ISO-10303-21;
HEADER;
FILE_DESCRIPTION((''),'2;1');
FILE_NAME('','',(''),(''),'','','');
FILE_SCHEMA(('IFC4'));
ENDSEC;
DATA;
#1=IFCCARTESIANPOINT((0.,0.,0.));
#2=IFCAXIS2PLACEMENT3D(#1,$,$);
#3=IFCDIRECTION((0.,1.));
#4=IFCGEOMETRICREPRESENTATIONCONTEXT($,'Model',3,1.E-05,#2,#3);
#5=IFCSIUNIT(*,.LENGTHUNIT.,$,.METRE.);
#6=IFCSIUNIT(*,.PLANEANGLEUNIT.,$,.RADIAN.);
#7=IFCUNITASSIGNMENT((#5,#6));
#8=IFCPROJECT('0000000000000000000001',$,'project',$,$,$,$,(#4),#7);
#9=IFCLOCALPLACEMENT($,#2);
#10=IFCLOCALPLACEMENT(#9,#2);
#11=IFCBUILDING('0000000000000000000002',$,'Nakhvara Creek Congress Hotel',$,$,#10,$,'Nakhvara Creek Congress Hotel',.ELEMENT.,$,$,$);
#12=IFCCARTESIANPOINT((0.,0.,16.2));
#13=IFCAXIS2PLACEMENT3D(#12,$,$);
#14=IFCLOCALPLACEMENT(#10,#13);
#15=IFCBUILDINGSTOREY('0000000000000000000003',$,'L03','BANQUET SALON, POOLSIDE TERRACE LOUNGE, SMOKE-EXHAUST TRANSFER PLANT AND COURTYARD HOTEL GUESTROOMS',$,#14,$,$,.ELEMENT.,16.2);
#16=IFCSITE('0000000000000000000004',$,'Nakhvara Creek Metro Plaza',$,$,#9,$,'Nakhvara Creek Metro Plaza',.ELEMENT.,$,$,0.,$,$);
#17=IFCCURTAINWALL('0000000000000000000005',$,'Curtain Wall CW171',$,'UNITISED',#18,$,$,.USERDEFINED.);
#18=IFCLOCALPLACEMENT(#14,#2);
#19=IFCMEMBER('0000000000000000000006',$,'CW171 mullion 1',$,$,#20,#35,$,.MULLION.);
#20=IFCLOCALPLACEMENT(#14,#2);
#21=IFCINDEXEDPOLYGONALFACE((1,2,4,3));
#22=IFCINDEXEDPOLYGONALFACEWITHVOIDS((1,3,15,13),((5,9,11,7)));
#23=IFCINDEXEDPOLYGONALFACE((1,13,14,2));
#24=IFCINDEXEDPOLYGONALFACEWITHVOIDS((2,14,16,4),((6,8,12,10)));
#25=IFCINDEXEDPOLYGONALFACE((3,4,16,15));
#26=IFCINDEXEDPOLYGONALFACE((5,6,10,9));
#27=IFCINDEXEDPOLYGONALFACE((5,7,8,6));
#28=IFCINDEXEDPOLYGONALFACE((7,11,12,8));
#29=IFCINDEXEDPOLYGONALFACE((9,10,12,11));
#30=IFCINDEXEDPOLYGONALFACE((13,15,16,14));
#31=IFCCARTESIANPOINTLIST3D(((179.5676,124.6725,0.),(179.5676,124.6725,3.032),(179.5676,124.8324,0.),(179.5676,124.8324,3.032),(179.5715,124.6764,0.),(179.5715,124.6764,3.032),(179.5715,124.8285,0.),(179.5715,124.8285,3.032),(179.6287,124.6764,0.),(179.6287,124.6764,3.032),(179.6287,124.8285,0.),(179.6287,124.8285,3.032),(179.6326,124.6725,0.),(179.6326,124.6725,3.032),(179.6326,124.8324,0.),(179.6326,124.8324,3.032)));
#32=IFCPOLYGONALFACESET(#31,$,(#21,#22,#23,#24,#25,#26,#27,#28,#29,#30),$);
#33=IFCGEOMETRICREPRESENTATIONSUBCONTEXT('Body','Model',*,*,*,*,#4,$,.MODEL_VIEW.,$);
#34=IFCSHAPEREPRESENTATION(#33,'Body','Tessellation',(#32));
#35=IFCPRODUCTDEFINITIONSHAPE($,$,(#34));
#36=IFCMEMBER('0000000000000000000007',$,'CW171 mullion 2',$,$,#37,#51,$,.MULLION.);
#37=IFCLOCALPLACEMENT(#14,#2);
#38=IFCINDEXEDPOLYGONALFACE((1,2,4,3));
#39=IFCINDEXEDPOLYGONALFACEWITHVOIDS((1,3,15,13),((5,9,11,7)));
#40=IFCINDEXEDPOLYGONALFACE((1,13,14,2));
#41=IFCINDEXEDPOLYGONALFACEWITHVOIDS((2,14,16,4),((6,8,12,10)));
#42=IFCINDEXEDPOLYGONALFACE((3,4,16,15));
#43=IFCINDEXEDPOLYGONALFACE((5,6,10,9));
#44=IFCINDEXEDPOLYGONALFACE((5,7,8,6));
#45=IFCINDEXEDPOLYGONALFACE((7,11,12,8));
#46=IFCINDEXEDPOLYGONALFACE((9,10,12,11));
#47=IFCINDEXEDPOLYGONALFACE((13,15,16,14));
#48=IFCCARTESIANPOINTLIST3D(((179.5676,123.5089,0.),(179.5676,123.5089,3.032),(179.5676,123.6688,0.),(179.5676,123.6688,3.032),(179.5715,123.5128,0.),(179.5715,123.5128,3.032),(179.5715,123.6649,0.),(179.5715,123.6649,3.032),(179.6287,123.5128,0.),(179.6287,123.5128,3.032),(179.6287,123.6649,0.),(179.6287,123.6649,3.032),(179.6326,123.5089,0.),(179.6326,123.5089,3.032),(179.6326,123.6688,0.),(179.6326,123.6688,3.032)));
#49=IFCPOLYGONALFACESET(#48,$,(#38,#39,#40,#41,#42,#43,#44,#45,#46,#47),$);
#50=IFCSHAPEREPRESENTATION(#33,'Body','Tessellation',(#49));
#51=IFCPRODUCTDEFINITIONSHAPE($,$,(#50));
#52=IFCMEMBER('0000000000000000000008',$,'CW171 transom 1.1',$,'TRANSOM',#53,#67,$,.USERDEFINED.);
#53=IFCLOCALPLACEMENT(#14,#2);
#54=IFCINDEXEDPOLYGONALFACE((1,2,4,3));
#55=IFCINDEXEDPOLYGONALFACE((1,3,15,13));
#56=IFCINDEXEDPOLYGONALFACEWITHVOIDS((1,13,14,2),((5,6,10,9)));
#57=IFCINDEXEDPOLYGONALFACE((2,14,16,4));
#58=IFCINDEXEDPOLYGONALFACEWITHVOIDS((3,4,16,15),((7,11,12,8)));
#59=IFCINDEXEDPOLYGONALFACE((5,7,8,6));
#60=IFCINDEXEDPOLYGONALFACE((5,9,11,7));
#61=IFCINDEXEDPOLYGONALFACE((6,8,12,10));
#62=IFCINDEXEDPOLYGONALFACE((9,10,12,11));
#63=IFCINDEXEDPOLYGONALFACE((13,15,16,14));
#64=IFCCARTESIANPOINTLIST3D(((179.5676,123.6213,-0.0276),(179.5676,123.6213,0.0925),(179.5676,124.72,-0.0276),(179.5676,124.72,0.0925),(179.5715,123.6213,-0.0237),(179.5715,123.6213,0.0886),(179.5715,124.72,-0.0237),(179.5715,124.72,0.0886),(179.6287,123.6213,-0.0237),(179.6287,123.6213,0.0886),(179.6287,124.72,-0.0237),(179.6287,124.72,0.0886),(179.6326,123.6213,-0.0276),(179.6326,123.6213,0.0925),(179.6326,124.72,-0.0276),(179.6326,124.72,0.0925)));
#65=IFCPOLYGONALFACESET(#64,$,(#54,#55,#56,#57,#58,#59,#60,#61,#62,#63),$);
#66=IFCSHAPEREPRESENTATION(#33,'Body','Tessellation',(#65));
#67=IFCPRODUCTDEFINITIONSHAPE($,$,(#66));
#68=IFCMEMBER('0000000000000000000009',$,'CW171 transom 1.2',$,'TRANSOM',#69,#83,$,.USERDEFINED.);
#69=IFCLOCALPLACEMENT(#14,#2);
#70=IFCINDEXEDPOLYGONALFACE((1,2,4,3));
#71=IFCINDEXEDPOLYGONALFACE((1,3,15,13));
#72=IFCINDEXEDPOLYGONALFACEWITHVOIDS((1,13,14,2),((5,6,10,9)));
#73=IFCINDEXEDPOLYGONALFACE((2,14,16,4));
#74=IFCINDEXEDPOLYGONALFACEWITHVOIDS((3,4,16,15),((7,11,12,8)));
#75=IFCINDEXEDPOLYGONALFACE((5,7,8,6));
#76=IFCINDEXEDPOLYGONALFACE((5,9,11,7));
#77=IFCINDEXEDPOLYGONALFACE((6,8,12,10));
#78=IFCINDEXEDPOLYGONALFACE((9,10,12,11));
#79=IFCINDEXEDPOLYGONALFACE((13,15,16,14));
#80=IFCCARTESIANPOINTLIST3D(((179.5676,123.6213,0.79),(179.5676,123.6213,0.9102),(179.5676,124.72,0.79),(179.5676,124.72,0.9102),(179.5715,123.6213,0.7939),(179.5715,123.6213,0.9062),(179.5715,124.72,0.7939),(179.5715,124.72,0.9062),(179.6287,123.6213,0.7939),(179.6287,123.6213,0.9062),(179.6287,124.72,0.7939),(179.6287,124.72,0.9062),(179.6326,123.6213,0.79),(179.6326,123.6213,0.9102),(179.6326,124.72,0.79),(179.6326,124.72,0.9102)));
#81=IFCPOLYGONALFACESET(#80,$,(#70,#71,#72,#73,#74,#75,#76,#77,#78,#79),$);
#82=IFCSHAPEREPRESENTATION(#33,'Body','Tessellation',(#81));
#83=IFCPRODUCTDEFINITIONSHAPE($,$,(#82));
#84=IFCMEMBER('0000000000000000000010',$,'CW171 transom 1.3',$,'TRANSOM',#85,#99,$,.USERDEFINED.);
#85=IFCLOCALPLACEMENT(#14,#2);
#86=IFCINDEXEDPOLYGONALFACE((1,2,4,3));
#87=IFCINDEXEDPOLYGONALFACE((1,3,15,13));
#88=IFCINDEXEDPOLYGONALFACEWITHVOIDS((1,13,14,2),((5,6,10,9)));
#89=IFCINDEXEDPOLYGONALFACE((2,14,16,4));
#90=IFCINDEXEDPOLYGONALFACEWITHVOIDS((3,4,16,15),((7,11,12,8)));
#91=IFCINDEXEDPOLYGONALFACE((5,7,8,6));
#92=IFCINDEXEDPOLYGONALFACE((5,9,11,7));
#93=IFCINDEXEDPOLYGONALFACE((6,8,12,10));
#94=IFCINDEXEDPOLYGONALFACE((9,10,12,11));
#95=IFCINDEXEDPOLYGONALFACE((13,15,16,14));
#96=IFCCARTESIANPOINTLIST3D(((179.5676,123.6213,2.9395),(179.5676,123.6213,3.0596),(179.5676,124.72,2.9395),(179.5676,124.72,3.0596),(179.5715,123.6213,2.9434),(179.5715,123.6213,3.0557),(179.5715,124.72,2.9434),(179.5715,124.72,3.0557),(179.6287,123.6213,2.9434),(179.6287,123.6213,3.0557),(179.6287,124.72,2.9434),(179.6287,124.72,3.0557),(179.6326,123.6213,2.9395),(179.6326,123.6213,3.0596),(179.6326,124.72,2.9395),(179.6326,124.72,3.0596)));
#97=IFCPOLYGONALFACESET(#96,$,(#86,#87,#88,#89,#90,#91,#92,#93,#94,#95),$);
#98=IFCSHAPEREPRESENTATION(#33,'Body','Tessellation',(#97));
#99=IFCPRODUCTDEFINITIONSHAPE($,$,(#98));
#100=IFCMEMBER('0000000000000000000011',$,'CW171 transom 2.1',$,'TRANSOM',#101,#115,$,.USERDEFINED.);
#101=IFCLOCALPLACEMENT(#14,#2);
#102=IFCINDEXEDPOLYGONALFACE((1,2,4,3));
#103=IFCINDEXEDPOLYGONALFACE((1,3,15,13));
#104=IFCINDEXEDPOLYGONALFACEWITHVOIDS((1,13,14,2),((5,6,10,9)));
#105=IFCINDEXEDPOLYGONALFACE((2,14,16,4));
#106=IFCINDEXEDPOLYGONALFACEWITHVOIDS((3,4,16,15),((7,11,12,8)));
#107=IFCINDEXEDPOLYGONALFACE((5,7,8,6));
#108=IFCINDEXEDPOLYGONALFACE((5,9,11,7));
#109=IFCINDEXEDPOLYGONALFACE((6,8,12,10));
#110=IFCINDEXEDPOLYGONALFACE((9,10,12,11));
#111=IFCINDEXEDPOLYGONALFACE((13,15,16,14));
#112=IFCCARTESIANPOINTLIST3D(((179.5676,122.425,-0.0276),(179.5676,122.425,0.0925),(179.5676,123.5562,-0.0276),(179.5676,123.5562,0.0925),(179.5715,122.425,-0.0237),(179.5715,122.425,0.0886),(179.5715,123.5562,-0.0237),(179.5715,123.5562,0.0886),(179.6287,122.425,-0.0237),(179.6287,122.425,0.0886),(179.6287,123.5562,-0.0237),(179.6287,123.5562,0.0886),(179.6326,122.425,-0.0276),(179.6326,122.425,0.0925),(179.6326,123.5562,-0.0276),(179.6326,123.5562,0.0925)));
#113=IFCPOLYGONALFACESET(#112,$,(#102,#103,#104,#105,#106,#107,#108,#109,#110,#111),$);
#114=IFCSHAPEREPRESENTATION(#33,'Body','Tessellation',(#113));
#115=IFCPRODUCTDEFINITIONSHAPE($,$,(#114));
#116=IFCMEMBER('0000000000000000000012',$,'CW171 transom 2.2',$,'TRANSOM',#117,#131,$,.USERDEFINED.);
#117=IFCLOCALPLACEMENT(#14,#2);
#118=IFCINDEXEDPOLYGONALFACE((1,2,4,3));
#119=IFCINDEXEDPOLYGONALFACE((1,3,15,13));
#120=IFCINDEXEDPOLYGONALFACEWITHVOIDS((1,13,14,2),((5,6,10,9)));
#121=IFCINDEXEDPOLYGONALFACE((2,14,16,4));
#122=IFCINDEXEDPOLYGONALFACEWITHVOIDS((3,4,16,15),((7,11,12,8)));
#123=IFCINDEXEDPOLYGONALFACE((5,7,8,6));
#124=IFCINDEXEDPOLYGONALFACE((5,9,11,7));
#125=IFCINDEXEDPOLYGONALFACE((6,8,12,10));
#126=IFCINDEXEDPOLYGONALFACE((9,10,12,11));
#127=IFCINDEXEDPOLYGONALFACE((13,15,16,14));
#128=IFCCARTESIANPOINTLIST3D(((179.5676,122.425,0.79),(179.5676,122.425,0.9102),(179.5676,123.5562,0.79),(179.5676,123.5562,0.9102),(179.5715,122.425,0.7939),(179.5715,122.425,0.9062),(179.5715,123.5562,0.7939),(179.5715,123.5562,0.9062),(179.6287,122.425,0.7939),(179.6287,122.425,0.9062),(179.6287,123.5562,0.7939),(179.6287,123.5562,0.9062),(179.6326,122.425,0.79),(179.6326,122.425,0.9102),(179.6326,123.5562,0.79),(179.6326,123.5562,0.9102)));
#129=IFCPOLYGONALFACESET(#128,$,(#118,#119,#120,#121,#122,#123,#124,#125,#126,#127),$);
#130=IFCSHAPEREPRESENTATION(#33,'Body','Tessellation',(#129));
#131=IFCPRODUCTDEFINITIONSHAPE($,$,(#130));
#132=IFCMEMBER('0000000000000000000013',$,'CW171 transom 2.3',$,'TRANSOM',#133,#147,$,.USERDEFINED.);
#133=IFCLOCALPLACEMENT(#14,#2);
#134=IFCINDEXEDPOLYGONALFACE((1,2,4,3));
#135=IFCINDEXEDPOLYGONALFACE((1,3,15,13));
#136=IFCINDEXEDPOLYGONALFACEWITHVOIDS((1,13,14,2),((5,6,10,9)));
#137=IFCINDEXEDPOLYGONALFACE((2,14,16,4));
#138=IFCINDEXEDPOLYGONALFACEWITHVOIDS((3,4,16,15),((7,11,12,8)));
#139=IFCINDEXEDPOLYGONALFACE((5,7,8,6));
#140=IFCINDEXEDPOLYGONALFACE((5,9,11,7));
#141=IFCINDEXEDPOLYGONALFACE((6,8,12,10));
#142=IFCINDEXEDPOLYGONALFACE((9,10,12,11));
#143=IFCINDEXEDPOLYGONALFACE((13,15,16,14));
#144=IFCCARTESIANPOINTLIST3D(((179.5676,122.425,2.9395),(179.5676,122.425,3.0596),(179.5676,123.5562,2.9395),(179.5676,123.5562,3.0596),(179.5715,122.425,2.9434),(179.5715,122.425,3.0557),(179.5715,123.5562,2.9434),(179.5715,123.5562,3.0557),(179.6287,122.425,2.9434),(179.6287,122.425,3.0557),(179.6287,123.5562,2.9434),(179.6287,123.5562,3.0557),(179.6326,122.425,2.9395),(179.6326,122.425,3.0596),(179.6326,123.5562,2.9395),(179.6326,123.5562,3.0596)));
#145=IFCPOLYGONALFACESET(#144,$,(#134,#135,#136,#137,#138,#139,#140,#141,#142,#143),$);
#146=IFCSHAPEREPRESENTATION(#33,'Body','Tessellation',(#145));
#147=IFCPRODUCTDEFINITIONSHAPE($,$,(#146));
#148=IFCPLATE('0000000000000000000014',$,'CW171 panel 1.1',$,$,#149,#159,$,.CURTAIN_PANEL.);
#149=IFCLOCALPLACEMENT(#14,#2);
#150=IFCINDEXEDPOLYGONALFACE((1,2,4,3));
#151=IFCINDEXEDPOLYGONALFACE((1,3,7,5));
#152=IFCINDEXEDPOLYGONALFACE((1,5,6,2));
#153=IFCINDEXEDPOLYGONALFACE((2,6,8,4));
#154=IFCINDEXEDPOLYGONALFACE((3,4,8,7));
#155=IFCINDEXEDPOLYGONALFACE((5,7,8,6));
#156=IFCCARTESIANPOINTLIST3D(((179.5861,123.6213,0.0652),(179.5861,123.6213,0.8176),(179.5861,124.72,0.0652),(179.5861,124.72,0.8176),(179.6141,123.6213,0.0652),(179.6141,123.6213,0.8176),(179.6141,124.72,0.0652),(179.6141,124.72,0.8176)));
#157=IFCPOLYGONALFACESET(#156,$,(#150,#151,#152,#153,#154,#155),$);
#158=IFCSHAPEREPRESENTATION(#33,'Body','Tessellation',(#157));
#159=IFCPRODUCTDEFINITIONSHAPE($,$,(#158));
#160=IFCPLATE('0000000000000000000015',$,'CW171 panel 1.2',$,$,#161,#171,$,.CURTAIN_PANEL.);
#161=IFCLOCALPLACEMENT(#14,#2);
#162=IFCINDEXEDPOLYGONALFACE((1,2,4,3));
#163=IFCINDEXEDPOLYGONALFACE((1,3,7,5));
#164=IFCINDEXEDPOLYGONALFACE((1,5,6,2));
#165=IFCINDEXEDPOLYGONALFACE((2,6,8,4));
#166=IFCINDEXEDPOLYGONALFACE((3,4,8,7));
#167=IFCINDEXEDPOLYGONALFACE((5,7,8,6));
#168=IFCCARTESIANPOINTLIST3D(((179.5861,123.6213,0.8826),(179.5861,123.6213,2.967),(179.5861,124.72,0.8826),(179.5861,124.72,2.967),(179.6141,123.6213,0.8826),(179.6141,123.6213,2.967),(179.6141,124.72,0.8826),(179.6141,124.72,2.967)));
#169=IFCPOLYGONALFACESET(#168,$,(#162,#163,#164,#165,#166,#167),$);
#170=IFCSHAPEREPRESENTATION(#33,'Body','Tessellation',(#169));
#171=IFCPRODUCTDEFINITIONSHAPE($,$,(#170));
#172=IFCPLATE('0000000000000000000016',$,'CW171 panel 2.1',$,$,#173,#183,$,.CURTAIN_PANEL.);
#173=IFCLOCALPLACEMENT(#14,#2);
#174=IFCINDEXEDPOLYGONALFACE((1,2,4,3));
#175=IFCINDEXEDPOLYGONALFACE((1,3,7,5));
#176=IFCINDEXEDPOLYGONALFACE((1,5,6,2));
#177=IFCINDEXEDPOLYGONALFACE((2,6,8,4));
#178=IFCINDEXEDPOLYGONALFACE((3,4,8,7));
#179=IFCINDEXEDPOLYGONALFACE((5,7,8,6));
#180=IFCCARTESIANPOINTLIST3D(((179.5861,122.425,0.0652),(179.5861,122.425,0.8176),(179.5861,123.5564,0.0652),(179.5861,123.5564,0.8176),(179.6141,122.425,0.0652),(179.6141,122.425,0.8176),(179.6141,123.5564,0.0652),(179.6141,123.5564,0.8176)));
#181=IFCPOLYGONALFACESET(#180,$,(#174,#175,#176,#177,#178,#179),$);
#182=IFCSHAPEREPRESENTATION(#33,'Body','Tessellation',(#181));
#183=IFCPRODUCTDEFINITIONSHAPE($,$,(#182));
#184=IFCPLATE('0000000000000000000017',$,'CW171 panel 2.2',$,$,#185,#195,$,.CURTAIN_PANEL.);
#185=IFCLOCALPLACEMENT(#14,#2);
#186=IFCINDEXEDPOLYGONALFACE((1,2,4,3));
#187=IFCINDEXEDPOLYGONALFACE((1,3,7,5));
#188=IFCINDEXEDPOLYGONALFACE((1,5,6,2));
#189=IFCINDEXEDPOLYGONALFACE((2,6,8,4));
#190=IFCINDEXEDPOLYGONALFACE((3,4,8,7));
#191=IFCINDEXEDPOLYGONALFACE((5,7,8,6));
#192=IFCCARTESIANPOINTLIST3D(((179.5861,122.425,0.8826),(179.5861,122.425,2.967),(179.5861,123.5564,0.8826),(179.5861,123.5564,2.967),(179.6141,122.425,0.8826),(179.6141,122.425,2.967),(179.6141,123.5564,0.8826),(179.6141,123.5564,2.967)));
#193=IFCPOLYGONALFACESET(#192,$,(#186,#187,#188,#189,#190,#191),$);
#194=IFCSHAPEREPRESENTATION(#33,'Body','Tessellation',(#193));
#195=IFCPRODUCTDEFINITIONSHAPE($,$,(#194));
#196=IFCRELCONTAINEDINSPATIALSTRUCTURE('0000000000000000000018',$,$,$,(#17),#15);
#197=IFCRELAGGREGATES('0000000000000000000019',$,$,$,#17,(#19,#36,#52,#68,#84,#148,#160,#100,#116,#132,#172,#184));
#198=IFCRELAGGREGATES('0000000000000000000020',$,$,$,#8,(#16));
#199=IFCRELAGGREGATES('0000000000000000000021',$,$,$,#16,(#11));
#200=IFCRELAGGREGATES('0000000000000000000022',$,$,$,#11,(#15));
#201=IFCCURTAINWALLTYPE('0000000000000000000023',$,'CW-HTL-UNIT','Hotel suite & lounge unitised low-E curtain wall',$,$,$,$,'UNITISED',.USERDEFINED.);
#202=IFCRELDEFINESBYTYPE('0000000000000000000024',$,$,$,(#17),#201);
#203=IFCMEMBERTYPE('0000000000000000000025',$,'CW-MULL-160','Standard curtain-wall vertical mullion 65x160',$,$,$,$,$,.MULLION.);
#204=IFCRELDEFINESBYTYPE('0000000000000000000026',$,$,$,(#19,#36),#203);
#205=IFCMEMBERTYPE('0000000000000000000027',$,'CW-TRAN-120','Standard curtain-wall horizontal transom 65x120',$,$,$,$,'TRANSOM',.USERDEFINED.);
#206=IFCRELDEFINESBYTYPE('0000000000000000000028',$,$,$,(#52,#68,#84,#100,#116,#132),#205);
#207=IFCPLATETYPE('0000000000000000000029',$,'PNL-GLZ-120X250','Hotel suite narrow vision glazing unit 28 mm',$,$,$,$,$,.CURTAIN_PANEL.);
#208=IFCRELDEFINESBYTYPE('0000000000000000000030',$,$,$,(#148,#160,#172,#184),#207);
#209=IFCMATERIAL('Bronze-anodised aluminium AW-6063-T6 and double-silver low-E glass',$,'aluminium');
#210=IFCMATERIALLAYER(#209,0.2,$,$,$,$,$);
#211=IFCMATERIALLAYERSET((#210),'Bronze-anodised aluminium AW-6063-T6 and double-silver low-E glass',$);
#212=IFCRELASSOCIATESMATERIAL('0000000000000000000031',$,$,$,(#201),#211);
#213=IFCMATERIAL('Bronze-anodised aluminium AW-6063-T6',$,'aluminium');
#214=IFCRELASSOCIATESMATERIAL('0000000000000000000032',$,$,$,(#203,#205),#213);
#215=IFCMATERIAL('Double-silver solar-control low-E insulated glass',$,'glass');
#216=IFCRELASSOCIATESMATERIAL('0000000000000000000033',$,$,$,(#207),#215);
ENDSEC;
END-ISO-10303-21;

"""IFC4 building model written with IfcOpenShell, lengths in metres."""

from ifc_helpers import new_model, si_unit, direction, frame, origin, origin_2d, place, context, subcontext, project, spatial, rectangle, hollow_rectangle, extrude, material, layer, layer_set, material_profile, profile_set, type_object, element, aggregate, save


model = new_model("IFC4")

# Units and contexts
model_context = context("Model", 3, precision=1e-05, world=origin(), true_north=direction((0.0, 1.0)))
body_context = subcontext(model_context, "Body", "Model", "MODEL_VIEW")
ifc_project = project(units=[si_unit("LENGTHUNIT", "METRE"), si_unit("PLANEANGLEUNIT", "RADIAN")], contexts=[model_context])

# Site, building, storey
site_placement = place(None, origin())
site = spatial("IfcSite", under=ifc_project, at=site_placement, Name="Nakhvara Creek Metro Plaza", LongName="Nakhvara Creek Metro Plaza", CompositionType="ELEMENT", RefElevation=0.0)
building_placement = place(site_placement, origin())
building = spatial("IfcBuilding", under=site, at=building_placement, Name="Nakhvara Creek Congress Hotel", LongName="Nakhvara Creek Congress Hotel", CompositionType="ELEMENT")
storey_placement = place(building_placement, frame((0.0, 0.0, 16.2)))
storey = spatial("IfcBuildingStorey", under=building, at=storey_placement, Name="L03", Description="BANQUET SALON, POOLSIDE TERRACE LOUNGE, SMOKE-EXHAUST TRANSFER PLANT AND COURTYARD HOTEL GUESTROOMS", CompositionType="ELEMENT", Elevation=16.2)

# Curtain wall, members, plates
ifc_material_1 = material(Name="Bronze-anodised aluminium AW-6063-T6 and double-silver low-E glass", Category="aluminium")
ifc_layer_1 = layer(ifc_material_1, 0.2)
ifc_layer_set_1 = layer_set([ifc_layer_1], Name="Bronze-anodised aluminium AW-6063-T6 and double-silver low-E glass")
curtain_wall_type = type_object("IfcCurtainWallType", Name="CW-HTL-UNIT", Description="Hotel suite & lounge unitised low-E curtain wall", ElementType="UNITISED", PredefinedType="USERDEFINED", material=ifc_layer_set_1)
curtain_wall_placement = place(storey_placement, origin())
curtain_wall = element("IfcCurtainWall", 1, at=curtain_wall_placement, inside=storey, type_object=curtain_wall_type, Name="Curtain Wall CW171", ObjectType="UNITISED", PredefinedType="USERDEFINED")
ifc_material_2 = material(Name="Bronze-anodised aluminium AW-6063-T6", Category="aluminium")
ifc_material_profile_1 = material_profile(ifc_material_2, hollow_rectangle(XDim=0.0649, YDim=0.1599, WallThickness=0.0039, at=origin_2d()), Name="ALU-MULL 65x160x4", Category="LoadBearing")
ifc_profile_set_1 = profile_set([ifc_material_profile_1], Name="Bronze-anodised aluminium AW-6063-T6")
member_type_1 = type_object("IfcMemberType", Name="CW-MULL-160", Description="Standard curtain-wall vertical mullion 65x160", PredefinedType="MULLION", material=ifc_profile_set_1)
member_1_placement = place(storey_placement, frame((179.6001, 124.7524, 0.0), z_axis=(0.0, 0.0, 1.0), x_axis=(1.0, 0.0, 0.0)))
member_1 = element("IfcMember", 2, at=member_1_placement, type_object=member_type_1, Name="CW171 mullion 1", PredefinedType="MULLION", context=body_context, shape_type="SweptSolid", body=[
    extrude(hollow_rectangle(XDim=0.0649, YDim=0.1599, WallThickness=0.0039, at=origin_2d()), origin(), (0.0, 0.0, 1.0), 3.032),
])
member_2_placement = place(storey_placement, frame((179.6001, 123.5889, 0.0), z_axis=(0.0, 0.0, 1.0), x_axis=(1.0, 0.0, 0.0)))
member_2 = element("IfcMember", 3, at=member_2_placement, type_object=member_type_1, Name="CW171 mullion 2", PredefinedType="MULLION", context=body_context, shape_type="SweptSolid", body=[
    extrude(hollow_rectangle(XDim=0.0649, YDim=0.1599, WallThickness=0.0039, at=origin_2d()), origin(), (0.0, 0.0, 1.0), 3.032),
])
ifc_material_profile_2 = material_profile(ifc_material_2, hollow_rectangle(XDim=0.0649, YDim=0.1201, WallThickness=0.0039, at=origin_2d()), Name="ALU-TRAN 65x120x4", Category="LoadBearing")
ifc_profile_set_2 = profile_set([ifc_material_profile_2], Name="Bronze-anodised aluminium AW-6063-T6")
member_type_2 = type_object("IfcMemberType", Name="CW-TRAN-120", Description="Standard curtain-wall horizontal transom 65x120", ElementType="TRANSOM", PredefinedType="USERDEFINED", material=ifc_profile_set_2)
member_3_placement = place(storey_placement, frame((179.6001, 124.72, 0.0325), z_axis=(0.0, -1.0, 0.0), x_axis=(1.0, 0.0, 0.0)))
member_3 = element("IfcMember", 4, at=member_3_placement, type_object=member_type_2, Name="CW171 transom 1.1", ObjectType="TRANSOM", PredefinedType="USERDEFINED", context=body_context, shape_type="SweptSolid", body=[
    extrude(hollow_rectangle(XDim=0.0649, YDim=0.1201, WallThickness=0.0039, at=origin_2d()), origin(), (0.0, 0.0, 1.0), 1.0986),
])
member_4_placement = place(storey_placement, frame((179.6001, 124.72, 0.8501), z_axis=(0.0, -1.0, 0.0), x_axis=(1.0, 0.0, 0.0)))
member_4 = element("IfcMember", 5, at=member_4_placement, type_object=member_type_2, Name="CW171 transom 1.2", ObjectType="TRANSOM", PredefinedType="USERDEFINED", context=body_context, shape_type="SweptSolid", body=[
    extrude(hollow_rectangle(XDim=0.0649, YDim=0.1201, WallThickness=0.0039, at=origin_2d()), origin(), (0.0, 0.0, 1.0), 1.0986),
])
member_5_placement = place(storey_placement, frame((179.6001, 124.72, 2.9995), z_axis=(0.0, -1.0, 0.0), x_axis=(1.0, 0.0, 0.0)))
member_5 = element("IfcMember", 6, at=member_5_placement, type_object=member_type_2, Name="CW171 transom 1.3", ObjectType="TRANSOM", PredefinedType="USERDEFINED", context=body_context, shape_type="SweptSolid", body=[
    extrude(hollow_rectangle(XDim=0.0649, YDim=0.1201, WallThickness=0.0039, at=origin_2d()), origin(), (0.0, 0.0, 1.0), 1.0986),
])
member_6_placement = place(storey_placement, frame((179.6001, 123.5562, 0.0325), z_axis=(0.0, -1.0, 0.0), x_axis=(1.0, 0.0, 0.0)))
member_6 = element("IfcMember", 7, at=member_6_placement, type_object=member_type_2, Name="CW171 transom 2.1", ObjectType="TRANSOM", PredefinedType="USERDEFINED", context=body_context, shape_type="SweptSolid", body=[
    extrude(hollow_rectangle(XDim=0.0649, YDim=0.1201, WallThickness=0.0039, at=origin_2d()), origin(), (0.0, 0.0, 1.0), 1.1311),
])
member_7_placement = place(storey_placement, frame((179.6001, 123.5562, 0.8501), z_axis=(0.0, -1.0, 0.0), x_axis=(1.0, 0.0, 0.0)))
member_7 = element("IfcMember", 8, at=member_7_placement, type_object=member_type_2, Name="CW171 transom 2.2", ObjectType="TRANSOM", PredefinedType="USERDEFINED", context=body_context, shape_type="SweptSolid", body=[
    extrude(hollow_rectangle(XDim=0.0649, YDim=0.1201, WallThickness=0.0039, at=origin_2d()), origin(), (0.0, 0.0, 1.0), 1.1311),
])
member_8_placement = place(storey_placement, frame((179.6001, 123.5562, 2.9995), z_axis=(0.0, -1.0, 0.0), x_axis=(1.0, 0.0, 0.0)))
member_8 = element("IfcMember", 9, at=member_8_placement, type_object=member_type_2, Name="CW171 transom 2.3", ObjectType="TRANSOM", PredefinedType="USERDEFINED", context=body_context, shape_type="SweptSolid", body=[
    extrude(hollow_rectangle(XDim=0.0649, YDim=0.1201, WallThickness=0.0039, at=origin_2d()), origin(), (0.0, 0.0, 1.0), 1.1311),
])
ifc_material_3 = material(Name="Double-silver solar-control low-E insulated glass", Category="glass")
plate_type = type_object("IfcPlateType", Name="PNL-GLZ-120X250", Description="Hotel suite narrow vision glazing unit 28 mm", PredefinedType="CURTAIN_PANEL", material=ifc_material_3)
plate_1_placement = place(storey_placement, frame((179.6001, 124.1707, 0.0652), z_axis=(0.0, 0.0, 1.0), x_axis=(0.0, -1.0, 0.0)))
plate_1 = element("IfcPlate", 10, at=plate_1_placement, type_object=plate_type, Name="CW171 panel 1.1", PredefinedType="CURTAIN_PANEL", context=body_context, shape_type="SweptSolid", body=[
    extrude(rectangle(XDim=1.0986, YDim=0.0281, at=origin_2d()), origin(), (0.0, 0.0, 1.0), 0.7524),
])
plate_2_placement = place(storey_placement, frame((179.6001, 124.1707, 0.8826), z_axis=(0.0, 0.0, 1.0), x_axis=(0.0, -1.0, 0.0)))
plate_2 = element("IfcPlate", 11, at=plate_2_placement, type_object=plate_type, Name="CW171 panel 1.2", PredefinedType="CURTAIN_PANEL", context=body_context, shape_type="SweptSolid", body=[
    extrude(rectangle(XDim=1.0986, YDim=0.0281, at=origin_2d()), origin(), (0.0, 0.0, 1.0), 2.0845),
])
plate_3_placement = place(storey_placement, frame((179.6001, 122.9907, 0.0652), z_axis=(0.0, 0.0, 1.0), x_axis=(0.0, -1.0, 0.0)))
plate_3 = element("IfcPlate", 12, at=plate_3_placement, type_object=plate_type, Name="CW171 panel 2.1", PredefinedType="CURTAIN_PANEL", context=body_context, shape_type="SweptSolid", body=[
    extrude(rectangle(XDim=1.1313, YDim=0.0281, at=origin_2d()), origin(), (0.0, 0.0, 1.0), 0.7524),
])
plate_4_placement = place(storey_placement, frame((179.6001, 122.9907, 0.8826), z_axis=(0.0, 0.0, 1.0), x_axis=(0.0, -1.0, 0.0)))
plate_4 = element("IfcPlate", 13, at=plate_4_placement, type_object=plate_type, Name="CW171 panel 2.2", PredefinedType="CURTAIN_PANEL", context=body_context, shape_type="SweptSolid", body=[
    extrude(rectangle(XDim=1.1313, YDim=0.0281, at=origin_2d()), origin(), (0.0, 0.0, 1.0), 2.0845),
])
aggregate(curtain_wall, [member_1, member_2, member_3, member_4, member_5, plate_1, plate_2, member_6, member_7, member_8, plate_3, plate_4])

save(model, "model.ifc")
